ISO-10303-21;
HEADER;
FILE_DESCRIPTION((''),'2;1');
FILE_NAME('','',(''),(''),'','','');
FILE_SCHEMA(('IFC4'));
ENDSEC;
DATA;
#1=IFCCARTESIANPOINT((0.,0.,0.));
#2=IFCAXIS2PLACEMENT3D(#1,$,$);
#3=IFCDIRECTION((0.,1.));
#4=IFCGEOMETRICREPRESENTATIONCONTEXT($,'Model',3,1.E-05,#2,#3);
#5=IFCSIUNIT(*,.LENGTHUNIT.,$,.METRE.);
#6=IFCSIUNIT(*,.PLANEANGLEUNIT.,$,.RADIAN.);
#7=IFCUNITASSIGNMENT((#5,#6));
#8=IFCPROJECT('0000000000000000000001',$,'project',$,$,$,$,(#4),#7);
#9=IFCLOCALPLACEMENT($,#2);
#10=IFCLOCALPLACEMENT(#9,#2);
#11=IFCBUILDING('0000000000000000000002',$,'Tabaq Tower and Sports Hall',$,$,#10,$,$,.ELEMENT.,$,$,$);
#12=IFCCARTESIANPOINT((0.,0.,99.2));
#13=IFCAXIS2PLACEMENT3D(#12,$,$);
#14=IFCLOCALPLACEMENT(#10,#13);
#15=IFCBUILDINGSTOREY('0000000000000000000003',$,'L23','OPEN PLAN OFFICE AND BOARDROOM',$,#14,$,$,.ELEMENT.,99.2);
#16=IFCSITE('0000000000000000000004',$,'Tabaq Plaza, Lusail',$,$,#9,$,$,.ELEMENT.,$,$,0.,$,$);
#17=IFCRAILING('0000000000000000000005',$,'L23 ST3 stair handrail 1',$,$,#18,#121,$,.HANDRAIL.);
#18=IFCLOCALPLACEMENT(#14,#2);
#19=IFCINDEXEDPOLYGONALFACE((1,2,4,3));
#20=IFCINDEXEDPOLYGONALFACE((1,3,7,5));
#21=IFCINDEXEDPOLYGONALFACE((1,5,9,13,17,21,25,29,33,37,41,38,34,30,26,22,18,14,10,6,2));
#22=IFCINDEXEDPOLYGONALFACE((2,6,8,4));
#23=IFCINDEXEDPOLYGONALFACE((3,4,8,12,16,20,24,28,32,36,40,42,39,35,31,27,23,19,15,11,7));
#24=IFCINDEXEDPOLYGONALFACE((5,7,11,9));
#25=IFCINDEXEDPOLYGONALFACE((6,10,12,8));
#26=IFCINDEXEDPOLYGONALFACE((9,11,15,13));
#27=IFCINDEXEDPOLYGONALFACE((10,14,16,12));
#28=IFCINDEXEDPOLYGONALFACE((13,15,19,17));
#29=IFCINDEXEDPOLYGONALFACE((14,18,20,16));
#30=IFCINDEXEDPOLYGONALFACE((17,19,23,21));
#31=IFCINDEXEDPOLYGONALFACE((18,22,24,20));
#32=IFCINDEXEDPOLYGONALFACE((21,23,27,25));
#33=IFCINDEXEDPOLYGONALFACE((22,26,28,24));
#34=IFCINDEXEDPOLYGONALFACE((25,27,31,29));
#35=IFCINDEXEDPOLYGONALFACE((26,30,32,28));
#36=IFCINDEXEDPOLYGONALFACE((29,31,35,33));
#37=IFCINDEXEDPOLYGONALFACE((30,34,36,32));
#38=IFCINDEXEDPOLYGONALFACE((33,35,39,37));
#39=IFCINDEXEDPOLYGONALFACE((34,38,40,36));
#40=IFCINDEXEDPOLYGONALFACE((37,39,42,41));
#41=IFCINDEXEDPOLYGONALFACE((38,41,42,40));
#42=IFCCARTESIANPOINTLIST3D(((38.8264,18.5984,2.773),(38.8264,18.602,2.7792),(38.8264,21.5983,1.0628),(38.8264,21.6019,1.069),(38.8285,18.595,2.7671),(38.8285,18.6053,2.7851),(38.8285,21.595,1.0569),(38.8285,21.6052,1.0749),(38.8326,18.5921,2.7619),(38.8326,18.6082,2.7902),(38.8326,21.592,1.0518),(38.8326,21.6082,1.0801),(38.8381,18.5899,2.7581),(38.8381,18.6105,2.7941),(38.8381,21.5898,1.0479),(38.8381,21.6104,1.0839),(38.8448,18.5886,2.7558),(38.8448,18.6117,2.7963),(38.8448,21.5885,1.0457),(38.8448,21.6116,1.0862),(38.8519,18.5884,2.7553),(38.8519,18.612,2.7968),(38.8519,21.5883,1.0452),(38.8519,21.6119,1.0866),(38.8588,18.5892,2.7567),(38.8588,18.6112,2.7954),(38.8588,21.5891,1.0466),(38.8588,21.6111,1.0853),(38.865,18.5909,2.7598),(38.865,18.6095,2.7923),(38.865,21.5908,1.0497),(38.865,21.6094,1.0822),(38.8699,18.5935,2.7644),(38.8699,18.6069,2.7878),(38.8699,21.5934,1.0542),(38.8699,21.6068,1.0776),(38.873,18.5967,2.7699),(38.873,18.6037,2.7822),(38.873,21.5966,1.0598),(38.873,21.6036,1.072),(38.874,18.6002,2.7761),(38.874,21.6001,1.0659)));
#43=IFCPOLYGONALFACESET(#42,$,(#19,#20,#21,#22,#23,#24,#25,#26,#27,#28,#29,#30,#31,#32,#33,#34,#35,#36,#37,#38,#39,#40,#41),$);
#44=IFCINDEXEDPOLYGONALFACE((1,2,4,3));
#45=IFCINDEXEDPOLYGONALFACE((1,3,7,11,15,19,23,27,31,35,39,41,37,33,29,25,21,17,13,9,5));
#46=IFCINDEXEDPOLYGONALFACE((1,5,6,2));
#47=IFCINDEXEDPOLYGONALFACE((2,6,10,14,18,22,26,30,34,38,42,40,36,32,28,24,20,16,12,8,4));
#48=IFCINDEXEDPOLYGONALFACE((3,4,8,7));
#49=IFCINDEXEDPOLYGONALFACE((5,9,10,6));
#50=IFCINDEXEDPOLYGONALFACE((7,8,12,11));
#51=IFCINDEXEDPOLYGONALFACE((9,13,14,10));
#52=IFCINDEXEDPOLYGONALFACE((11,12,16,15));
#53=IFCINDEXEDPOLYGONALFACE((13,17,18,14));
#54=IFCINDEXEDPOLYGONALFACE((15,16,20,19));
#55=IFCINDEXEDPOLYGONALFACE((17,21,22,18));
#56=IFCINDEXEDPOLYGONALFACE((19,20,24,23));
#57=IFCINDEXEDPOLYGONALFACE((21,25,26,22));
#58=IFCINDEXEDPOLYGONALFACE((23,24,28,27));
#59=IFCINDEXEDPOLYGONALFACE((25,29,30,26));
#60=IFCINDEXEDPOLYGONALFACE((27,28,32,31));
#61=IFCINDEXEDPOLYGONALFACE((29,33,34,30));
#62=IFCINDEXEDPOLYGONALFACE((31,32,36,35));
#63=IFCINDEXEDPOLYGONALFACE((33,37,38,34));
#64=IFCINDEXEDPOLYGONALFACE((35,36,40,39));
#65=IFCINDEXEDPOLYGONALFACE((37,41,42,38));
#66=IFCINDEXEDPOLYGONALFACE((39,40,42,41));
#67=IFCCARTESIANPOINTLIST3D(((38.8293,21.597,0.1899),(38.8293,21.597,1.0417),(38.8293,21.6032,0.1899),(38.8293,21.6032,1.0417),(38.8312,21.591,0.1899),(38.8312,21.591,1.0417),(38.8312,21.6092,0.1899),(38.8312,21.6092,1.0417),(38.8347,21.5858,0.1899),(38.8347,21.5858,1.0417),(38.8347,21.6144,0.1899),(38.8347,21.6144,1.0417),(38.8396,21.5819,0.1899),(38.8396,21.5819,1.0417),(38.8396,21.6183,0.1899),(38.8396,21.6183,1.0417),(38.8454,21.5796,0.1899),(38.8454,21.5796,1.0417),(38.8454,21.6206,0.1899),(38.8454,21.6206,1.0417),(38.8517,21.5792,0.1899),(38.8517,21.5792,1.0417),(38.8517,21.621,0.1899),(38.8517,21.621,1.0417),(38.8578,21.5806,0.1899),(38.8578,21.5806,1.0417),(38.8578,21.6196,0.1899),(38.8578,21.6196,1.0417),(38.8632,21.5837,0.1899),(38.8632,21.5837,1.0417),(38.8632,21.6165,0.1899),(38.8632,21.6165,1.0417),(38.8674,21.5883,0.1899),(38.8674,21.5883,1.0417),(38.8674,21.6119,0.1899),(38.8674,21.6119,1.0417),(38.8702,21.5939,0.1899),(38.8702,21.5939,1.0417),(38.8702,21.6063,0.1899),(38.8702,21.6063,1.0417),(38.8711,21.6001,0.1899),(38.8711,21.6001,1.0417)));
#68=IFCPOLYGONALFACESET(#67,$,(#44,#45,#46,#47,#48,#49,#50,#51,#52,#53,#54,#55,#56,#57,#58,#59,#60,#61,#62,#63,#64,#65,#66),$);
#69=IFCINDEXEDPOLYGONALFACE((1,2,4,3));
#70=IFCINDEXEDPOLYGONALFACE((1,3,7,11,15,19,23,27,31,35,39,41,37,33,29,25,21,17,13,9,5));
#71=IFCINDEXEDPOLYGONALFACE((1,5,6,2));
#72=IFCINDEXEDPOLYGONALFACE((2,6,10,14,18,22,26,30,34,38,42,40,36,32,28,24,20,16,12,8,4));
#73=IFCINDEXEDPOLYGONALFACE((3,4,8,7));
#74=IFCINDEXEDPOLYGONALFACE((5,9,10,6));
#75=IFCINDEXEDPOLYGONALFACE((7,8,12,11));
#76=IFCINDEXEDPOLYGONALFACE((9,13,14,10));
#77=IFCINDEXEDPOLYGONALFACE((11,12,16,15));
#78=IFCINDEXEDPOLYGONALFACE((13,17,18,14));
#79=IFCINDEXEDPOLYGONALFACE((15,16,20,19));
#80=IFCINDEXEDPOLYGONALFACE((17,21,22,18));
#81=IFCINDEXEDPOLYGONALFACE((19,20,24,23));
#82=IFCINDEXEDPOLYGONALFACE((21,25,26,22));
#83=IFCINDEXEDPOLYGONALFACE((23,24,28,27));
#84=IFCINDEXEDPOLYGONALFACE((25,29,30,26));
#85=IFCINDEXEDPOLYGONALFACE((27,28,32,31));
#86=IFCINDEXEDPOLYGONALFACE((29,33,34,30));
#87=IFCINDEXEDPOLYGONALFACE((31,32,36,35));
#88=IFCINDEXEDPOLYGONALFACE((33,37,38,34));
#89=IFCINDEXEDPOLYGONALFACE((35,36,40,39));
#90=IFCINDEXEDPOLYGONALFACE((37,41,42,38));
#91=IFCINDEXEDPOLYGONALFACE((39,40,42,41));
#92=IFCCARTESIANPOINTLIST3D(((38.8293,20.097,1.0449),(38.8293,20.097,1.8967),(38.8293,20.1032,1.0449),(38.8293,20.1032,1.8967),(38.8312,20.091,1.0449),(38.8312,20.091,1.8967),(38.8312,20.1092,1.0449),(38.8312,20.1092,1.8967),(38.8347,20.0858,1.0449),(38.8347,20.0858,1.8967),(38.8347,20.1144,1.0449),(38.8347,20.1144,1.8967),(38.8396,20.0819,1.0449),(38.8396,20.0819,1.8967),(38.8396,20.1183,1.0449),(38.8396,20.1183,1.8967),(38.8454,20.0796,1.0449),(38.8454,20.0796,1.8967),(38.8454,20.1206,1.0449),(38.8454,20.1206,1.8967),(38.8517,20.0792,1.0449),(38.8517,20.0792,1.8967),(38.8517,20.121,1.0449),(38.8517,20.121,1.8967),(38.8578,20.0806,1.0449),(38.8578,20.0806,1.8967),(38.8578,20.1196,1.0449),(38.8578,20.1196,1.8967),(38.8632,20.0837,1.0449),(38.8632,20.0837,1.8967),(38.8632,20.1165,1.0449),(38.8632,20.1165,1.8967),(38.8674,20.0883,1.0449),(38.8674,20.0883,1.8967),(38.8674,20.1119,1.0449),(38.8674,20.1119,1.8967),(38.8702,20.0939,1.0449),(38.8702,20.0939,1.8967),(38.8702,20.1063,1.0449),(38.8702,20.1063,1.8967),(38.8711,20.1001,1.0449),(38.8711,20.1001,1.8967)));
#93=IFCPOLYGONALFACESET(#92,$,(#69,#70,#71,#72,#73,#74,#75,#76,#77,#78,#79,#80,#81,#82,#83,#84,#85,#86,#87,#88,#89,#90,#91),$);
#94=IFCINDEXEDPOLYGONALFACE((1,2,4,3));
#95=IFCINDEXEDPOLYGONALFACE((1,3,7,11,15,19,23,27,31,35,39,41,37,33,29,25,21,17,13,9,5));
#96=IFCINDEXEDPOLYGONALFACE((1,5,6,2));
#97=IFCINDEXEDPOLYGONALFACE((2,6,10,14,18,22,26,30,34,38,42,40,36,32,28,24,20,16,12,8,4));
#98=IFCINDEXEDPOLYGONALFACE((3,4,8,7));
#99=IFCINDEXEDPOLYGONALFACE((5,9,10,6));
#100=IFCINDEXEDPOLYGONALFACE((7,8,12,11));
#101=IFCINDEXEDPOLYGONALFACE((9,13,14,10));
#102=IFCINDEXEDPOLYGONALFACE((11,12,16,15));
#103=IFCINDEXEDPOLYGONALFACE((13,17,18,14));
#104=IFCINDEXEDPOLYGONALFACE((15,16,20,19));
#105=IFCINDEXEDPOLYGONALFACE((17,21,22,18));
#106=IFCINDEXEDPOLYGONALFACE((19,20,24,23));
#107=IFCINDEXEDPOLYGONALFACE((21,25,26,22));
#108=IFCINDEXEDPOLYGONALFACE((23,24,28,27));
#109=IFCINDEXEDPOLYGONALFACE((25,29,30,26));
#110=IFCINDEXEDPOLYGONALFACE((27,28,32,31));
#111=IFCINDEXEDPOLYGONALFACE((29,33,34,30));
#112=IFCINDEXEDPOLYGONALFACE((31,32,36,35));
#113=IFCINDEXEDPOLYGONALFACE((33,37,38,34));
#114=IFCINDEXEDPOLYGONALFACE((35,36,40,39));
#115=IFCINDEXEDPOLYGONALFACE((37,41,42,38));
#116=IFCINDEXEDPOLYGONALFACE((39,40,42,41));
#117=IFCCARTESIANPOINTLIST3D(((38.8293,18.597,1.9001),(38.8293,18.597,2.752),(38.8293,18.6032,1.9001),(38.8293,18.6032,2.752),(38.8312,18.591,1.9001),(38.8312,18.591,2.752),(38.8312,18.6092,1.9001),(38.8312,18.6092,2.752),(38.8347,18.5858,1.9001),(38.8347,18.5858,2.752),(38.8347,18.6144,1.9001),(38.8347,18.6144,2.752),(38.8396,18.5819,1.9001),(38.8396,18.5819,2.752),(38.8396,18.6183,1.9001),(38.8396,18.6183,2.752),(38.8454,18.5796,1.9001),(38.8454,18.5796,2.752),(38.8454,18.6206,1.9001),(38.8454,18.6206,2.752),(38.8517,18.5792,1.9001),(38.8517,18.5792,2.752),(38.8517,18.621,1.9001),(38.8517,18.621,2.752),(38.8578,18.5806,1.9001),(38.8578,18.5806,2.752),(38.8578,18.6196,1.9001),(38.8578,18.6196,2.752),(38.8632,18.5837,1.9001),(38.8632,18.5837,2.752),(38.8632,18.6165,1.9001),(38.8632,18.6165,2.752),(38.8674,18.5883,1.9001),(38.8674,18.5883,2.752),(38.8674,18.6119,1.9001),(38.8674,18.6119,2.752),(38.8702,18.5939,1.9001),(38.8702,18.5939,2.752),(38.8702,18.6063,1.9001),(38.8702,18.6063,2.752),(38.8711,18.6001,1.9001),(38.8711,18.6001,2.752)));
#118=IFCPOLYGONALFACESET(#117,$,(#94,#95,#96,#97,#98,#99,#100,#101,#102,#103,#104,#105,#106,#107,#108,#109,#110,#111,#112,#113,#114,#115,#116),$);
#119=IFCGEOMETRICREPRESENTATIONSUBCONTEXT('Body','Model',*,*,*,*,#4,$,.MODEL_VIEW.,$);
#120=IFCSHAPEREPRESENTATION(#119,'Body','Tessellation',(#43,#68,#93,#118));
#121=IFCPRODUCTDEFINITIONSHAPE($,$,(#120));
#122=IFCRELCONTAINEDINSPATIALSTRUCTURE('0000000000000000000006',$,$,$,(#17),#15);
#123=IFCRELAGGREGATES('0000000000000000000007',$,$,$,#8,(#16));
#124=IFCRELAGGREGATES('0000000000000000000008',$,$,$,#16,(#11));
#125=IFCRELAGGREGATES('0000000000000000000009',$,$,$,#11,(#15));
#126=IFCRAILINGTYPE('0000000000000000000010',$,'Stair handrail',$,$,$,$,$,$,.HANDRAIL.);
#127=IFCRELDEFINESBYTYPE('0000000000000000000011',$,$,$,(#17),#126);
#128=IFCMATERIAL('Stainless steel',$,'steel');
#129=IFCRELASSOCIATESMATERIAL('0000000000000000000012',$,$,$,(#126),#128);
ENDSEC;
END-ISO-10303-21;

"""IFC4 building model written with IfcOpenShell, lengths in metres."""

from ifc_helpers import new_model, si_unit, direction, frame, origin, origin_2d, place, context, subcontext, project, spatial, circle, extrude, material, type_object, element, save


model = new_model("IFC4")

# Units and contexts
model_context = context("Model", 3, precision=1e-05, world=origin(), true_north=direction((0.0, 1.0)))
body_context = subcontext(model_context, "Body", "Model", "MODEL_VIEW")
ifc_project = project(units=[si_unit("LENGTHUNIT", "METRE"), si_unit("PLANEANGLEUNIT", "RADIAN")], contexts=[model_context])

# Site, building, storey
site_placement = place(None, origin())
site = spatial("IfcSite", under=ifc_project, at=site_placement, Name="Tabaq Plaza, Lusail", CompositionType="ELEMENT", RefElevation=0.0)
building_placement = place(site_placement, origin())
building = spatial("IfcBuilding", under=site, at=building_placement, Name="Tabaq Tower and Sports Hall", CompositionType="ELEMENT")
storey_placement = place(building_placement, frame((0.0, 0.0, 99.2)))
storey = spatial("IfcBuildingStorey", under=building, at=storey_placement, Name="L23", Description="OPEN PLAN OFFICE AND BOARDROOM", CompositionType="ELEMENT", Elevation=99.2)

# Railing
ifc_material_1 = material(Name="Stainless steel", Category="steel")
railing_type_1 = type_object("IfcRailingType", Name="Stair handrail", PredefinedType="HANDRAIL", material=ifc_material_1)
railing_1_placement = place(storey_placement, frame((38.8501, 21.6001, 0.1899)))
element("IfcRailing", 1, at=railing_1_placement, inside=storey, type_object=railing_type_1, Name="L23 ST3 stair handrail 1", PredefinedType="HANDRAIL", context=body_context, shape_type="SweptSolid", body=[
    extrude(circle(Radius=0.0239, at=origin_2d()), frame((0.0, 0.0, 0.876), z_axis=(0.0, -0.868752, 0.495248), x_axis=(1.0, 0.0, 0.0)), (0.0, 0.0, 1.0), 3.4531),
    extrude(circle(Radius=0.021, at=origin_2d()), origin(), (0.0, 0.0, 1.0), 0.8518),
    extrude(circle(Radius=0.021, at=origin_2d()), frame((0.0, -1.5, 0.855)), (0.0, 0.0, 1.0), 0.8518),
    extrude(circle(Radius=0.021, at=origin_2d()), frame((0.0, -3.0, 1.7102)), (0.0, 0.0, 1.0), 0.8518),
])

save(model, "model.ifc")
